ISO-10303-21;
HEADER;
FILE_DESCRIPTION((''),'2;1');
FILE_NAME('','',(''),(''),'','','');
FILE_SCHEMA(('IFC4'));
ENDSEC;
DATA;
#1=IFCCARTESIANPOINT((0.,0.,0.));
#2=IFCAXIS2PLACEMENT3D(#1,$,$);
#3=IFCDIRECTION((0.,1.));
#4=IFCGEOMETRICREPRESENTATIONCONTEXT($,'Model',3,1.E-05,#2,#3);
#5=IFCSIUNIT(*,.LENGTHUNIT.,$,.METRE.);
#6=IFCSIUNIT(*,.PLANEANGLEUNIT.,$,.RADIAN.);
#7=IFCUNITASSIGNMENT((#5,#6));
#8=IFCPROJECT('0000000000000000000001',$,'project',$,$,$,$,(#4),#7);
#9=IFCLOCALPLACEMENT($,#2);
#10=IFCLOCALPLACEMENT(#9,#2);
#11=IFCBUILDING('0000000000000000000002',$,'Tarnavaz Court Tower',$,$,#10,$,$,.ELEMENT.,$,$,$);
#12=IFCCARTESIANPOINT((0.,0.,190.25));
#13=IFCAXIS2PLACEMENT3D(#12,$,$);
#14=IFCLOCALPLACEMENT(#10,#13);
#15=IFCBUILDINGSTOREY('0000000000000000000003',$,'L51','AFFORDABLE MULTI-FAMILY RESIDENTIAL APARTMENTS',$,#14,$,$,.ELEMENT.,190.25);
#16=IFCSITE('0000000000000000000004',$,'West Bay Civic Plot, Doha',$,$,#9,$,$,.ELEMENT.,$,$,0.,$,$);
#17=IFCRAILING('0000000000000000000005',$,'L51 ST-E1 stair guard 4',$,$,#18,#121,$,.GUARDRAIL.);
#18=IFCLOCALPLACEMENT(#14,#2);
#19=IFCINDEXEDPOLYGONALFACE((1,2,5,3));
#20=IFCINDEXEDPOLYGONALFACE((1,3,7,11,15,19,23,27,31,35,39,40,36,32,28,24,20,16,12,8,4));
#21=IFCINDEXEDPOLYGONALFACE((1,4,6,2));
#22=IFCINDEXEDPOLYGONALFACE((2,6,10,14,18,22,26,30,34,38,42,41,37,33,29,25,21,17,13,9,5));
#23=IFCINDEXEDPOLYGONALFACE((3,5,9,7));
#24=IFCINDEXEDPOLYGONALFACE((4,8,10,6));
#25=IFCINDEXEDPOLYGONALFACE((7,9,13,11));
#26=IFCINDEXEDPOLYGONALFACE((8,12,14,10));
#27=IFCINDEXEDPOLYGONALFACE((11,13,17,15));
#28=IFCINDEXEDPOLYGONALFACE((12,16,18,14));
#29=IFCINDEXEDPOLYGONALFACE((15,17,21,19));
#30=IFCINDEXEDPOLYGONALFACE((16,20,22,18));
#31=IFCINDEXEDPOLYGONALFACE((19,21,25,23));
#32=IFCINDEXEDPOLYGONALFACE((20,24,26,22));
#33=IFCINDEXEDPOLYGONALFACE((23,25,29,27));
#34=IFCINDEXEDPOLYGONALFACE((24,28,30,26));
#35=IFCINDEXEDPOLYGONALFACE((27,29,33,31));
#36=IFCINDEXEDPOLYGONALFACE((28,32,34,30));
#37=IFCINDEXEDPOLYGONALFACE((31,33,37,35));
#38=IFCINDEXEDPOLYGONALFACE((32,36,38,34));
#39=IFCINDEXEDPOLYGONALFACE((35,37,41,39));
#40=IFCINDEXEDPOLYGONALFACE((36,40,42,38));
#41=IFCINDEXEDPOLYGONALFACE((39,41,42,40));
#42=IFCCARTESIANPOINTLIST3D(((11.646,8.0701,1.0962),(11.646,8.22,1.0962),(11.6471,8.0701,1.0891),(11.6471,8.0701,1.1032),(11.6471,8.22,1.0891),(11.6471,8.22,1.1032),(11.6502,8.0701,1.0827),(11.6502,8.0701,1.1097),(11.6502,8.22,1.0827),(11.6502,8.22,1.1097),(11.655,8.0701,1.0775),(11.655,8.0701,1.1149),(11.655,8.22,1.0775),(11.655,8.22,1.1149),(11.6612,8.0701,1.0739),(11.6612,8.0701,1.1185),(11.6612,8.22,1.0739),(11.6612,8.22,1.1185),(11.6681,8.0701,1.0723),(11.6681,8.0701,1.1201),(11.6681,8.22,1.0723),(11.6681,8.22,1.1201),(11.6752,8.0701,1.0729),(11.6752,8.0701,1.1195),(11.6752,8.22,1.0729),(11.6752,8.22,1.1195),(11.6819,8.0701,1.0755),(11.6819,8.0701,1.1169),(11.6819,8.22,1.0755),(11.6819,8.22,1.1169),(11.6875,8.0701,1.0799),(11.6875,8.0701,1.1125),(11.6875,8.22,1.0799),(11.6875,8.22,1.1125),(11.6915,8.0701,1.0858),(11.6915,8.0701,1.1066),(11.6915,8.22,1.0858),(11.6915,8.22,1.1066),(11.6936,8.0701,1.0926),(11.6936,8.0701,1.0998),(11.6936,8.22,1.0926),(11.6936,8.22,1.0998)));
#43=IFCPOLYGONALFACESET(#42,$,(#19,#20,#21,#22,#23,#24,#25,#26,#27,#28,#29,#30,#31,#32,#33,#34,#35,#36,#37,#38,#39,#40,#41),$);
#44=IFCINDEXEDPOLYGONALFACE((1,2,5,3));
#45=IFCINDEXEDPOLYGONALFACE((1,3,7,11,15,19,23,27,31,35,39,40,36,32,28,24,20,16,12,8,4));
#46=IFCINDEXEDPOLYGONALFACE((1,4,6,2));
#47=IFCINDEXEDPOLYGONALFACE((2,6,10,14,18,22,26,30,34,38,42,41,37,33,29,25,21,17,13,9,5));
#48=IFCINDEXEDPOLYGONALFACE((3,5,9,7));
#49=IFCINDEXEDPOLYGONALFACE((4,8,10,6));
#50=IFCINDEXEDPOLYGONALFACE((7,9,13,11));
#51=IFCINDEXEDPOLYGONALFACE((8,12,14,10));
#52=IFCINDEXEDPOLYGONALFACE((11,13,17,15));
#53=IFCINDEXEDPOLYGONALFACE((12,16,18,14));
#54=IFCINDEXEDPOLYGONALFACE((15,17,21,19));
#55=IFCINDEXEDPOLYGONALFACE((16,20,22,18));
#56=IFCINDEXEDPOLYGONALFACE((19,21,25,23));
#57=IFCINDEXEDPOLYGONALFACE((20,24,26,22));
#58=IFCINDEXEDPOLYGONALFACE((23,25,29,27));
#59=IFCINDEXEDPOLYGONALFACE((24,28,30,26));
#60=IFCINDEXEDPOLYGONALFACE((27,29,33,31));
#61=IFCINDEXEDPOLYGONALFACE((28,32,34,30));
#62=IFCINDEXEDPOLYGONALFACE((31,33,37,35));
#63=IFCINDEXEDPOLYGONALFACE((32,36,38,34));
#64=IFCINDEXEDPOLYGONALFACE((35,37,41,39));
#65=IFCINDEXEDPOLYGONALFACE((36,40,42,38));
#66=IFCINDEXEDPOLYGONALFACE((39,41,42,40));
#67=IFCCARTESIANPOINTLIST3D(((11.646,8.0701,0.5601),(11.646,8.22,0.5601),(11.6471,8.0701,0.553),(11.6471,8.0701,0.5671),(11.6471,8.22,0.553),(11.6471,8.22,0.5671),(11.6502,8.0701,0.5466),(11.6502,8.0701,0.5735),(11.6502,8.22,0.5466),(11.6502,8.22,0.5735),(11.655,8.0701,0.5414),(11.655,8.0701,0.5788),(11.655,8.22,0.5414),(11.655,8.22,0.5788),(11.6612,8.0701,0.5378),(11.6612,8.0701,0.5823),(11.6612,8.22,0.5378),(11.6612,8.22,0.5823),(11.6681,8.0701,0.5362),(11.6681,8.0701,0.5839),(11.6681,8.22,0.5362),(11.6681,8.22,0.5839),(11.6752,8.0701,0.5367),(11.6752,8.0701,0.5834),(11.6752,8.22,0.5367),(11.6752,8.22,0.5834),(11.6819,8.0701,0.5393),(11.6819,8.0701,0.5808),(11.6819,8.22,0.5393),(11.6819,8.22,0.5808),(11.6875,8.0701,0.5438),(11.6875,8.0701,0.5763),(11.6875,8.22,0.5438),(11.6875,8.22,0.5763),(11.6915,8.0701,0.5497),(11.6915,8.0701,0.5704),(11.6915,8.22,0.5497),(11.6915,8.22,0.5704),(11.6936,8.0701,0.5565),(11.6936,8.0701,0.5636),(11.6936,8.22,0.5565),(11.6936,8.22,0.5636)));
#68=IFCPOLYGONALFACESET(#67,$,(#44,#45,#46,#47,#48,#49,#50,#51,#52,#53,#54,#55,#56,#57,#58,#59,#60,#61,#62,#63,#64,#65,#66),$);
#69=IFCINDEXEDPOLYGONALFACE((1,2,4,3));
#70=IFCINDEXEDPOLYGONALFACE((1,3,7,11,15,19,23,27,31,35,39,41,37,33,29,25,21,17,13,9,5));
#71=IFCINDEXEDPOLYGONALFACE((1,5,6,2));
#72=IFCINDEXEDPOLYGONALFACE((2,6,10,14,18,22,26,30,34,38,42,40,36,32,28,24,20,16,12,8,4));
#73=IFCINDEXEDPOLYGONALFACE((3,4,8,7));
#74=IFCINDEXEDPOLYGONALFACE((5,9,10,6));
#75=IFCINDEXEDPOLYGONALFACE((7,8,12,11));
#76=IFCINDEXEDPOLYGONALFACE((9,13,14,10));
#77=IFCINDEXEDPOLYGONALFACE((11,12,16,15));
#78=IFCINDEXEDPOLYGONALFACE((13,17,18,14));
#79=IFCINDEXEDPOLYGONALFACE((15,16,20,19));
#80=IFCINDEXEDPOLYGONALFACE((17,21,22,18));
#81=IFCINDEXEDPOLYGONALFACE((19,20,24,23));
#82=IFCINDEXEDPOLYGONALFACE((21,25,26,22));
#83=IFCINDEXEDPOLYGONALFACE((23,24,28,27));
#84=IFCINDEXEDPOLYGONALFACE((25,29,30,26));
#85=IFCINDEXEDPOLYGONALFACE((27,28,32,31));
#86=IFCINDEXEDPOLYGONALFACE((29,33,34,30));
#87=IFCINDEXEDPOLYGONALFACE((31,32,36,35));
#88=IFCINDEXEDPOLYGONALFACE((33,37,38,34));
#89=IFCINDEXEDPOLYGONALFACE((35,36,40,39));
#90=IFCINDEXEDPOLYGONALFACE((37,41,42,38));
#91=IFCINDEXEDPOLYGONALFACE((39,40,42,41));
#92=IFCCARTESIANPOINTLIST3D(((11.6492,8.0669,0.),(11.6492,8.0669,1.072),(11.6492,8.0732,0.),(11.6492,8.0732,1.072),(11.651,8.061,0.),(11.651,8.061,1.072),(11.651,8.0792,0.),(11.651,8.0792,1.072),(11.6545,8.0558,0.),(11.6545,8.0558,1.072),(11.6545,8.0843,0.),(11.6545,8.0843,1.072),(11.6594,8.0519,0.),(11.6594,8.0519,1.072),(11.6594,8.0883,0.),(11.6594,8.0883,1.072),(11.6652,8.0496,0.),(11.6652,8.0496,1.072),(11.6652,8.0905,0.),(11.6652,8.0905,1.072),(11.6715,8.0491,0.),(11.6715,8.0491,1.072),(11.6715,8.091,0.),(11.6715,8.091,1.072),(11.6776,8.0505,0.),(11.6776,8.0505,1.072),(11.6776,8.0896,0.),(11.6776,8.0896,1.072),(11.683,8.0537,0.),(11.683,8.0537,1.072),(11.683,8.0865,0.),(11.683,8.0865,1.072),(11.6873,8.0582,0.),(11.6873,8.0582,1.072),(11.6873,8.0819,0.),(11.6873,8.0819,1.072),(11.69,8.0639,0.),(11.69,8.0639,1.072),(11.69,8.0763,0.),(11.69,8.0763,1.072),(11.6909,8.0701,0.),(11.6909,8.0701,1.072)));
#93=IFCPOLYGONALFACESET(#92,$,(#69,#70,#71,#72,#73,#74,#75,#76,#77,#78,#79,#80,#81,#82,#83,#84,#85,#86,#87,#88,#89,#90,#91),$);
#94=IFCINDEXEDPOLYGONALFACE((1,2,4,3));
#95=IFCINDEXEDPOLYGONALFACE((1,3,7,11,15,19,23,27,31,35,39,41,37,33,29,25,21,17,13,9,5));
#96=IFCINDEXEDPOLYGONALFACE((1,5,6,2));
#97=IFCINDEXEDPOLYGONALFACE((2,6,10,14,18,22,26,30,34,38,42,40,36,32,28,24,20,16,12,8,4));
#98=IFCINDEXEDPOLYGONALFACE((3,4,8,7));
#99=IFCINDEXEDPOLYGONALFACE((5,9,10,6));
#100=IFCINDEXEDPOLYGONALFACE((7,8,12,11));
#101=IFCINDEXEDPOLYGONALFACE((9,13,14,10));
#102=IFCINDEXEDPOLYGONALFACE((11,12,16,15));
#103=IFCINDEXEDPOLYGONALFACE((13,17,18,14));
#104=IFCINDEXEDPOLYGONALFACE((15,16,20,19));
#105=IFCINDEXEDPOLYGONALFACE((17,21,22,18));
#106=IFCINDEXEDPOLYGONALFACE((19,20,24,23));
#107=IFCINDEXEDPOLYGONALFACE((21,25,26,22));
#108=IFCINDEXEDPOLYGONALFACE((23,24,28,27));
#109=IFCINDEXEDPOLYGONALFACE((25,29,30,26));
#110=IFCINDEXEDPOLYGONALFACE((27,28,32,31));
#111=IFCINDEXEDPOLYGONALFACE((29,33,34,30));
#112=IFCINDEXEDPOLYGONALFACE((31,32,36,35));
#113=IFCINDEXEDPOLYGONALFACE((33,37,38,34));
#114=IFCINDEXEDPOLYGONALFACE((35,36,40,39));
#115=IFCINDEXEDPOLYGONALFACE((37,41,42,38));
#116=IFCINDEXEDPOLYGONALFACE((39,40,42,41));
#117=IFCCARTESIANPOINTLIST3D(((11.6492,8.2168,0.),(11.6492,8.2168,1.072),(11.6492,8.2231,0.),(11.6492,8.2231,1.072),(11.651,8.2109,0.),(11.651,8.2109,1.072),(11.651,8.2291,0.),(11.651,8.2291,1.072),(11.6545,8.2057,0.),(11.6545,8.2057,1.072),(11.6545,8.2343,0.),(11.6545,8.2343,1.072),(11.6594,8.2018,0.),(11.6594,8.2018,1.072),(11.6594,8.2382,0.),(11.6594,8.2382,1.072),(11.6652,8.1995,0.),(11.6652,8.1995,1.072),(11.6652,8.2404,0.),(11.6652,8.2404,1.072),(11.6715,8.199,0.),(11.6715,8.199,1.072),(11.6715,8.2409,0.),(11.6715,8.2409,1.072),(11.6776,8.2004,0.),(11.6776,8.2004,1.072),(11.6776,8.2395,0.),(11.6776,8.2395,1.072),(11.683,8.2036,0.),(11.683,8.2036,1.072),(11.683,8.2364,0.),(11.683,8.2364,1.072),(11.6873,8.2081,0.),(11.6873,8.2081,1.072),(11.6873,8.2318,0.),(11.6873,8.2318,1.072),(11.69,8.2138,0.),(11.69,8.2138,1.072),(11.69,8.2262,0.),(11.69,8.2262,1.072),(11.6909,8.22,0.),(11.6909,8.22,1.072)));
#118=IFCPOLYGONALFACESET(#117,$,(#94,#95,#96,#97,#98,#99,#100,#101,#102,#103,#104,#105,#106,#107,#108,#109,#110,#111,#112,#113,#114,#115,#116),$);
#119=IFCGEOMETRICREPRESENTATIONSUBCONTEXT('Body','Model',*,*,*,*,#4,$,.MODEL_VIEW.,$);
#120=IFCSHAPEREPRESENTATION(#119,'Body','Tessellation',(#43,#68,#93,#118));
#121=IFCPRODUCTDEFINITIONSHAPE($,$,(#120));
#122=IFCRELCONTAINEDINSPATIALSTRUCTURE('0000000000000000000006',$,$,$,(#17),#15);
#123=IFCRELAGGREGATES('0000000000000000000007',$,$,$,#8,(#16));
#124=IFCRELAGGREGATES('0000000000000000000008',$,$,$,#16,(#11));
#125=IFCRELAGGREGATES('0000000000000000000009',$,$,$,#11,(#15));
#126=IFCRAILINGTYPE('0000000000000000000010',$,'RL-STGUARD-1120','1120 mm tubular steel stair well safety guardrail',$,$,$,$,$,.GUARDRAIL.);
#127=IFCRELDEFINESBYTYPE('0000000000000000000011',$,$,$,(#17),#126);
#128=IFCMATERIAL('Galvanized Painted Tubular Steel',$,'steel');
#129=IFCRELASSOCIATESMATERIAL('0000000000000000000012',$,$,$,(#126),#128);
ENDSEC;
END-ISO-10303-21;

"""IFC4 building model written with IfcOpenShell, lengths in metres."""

from ifc_helpers import new_model, si_unit, direction, frame, origin, origin_2d, place, context, subcontext, project, spatial, circle, extrude, material, type_object, element, save


model = new_model("IFC4")

# Units and contexts
model_context = context("Model", 3, precision=1e-05, world=origin(), true_north=direction((0.0, 1.0)))
body_context = subcontext(model_context, "Body", "Model", "MODEL_VIEW")
ifc_project = project(units=[si_unit("LENGTHUNIT", "METRE"), si_unit("PLANEANGLEUNIT", "RADIAN")], contexts=[model_context])

# Site, building, storey
site_placement = place(None, origin())
site = spatial("IfcSite", under=ifc_project, at=site_placement, Name="West Bay Civic Plot, Doha", CompositionType="ELEMENT", RefElevation=0.0)
building_placement = place(site_placement, origin())
building = spatial("IfcBuilding", under=site, at=building_placement, Name="Tarnavaz Court Tower", CompositionType="ELEMENT")
storey_placement = place(building_placement, frame((0.0, 0.0, 190.25)))
storey = spatial("IfcBuildingStorey", under=building, at=storey_placement, Name="L51", Description="AFFORDABLE MULTI-FAMILY RESIDENTIAL APARTMENTS", CompositionType="ELEMENT", Elevation=190.25)

# Railing
ifc_material_1 = material(Name="Galvanized Painted Tubular Steel", Category="steel")
railing_type_1 = type_object("IfcRailingType", Name="RL-STGUARD-1120", Description="1120 mm tubular steel stair well safety guardrail", PredefinedType="GUARDRAIL", material=ifc_material_1)
for number, where, name in (
    (1, (11.6699, 8.0701, 0.0), "L51 ST-E1 stair guard 4"),
):
    element("IfcRailing", number, at=place(storey_placement, frame(where)), inside=storey, type_object=railing_type_1, Name=name, PredefinedType="GUARDRAIL", context=body_context, shape_type="SweptSolid", body=[
        extrude(circle(Radius=0.0239, at=origin_2d()), frame((0.0, 0.0, 1.0962), z_axis=(0.0, 1.0, 0.0), x_axis=(-1.0, 0.0, 0.0)), (0.0, 0.0, 1.0), 0.1499),
        extrude(circle(Radius=0.0239, at=origin_2d()), frame((0.0, 0.0, 0.5601), z_axis=(0.0, 1.0, 0.0), x_axis=(-1.0, 0.0, 0.0)), (0.0, 0.0, 1.0), 0.1499),
        extrude(circle(Radius=0.021, at=origin_2d()), origin(), (0.0, 0.0, 1.0), 1.072),
        extrude(circle(Radius=0.021, at=origin_2d()), frame((0.0, 0.1499, 0.0)), (0.0, 0.0, 1.0), 1.072),
    ])

save(model, "model.ifc")
